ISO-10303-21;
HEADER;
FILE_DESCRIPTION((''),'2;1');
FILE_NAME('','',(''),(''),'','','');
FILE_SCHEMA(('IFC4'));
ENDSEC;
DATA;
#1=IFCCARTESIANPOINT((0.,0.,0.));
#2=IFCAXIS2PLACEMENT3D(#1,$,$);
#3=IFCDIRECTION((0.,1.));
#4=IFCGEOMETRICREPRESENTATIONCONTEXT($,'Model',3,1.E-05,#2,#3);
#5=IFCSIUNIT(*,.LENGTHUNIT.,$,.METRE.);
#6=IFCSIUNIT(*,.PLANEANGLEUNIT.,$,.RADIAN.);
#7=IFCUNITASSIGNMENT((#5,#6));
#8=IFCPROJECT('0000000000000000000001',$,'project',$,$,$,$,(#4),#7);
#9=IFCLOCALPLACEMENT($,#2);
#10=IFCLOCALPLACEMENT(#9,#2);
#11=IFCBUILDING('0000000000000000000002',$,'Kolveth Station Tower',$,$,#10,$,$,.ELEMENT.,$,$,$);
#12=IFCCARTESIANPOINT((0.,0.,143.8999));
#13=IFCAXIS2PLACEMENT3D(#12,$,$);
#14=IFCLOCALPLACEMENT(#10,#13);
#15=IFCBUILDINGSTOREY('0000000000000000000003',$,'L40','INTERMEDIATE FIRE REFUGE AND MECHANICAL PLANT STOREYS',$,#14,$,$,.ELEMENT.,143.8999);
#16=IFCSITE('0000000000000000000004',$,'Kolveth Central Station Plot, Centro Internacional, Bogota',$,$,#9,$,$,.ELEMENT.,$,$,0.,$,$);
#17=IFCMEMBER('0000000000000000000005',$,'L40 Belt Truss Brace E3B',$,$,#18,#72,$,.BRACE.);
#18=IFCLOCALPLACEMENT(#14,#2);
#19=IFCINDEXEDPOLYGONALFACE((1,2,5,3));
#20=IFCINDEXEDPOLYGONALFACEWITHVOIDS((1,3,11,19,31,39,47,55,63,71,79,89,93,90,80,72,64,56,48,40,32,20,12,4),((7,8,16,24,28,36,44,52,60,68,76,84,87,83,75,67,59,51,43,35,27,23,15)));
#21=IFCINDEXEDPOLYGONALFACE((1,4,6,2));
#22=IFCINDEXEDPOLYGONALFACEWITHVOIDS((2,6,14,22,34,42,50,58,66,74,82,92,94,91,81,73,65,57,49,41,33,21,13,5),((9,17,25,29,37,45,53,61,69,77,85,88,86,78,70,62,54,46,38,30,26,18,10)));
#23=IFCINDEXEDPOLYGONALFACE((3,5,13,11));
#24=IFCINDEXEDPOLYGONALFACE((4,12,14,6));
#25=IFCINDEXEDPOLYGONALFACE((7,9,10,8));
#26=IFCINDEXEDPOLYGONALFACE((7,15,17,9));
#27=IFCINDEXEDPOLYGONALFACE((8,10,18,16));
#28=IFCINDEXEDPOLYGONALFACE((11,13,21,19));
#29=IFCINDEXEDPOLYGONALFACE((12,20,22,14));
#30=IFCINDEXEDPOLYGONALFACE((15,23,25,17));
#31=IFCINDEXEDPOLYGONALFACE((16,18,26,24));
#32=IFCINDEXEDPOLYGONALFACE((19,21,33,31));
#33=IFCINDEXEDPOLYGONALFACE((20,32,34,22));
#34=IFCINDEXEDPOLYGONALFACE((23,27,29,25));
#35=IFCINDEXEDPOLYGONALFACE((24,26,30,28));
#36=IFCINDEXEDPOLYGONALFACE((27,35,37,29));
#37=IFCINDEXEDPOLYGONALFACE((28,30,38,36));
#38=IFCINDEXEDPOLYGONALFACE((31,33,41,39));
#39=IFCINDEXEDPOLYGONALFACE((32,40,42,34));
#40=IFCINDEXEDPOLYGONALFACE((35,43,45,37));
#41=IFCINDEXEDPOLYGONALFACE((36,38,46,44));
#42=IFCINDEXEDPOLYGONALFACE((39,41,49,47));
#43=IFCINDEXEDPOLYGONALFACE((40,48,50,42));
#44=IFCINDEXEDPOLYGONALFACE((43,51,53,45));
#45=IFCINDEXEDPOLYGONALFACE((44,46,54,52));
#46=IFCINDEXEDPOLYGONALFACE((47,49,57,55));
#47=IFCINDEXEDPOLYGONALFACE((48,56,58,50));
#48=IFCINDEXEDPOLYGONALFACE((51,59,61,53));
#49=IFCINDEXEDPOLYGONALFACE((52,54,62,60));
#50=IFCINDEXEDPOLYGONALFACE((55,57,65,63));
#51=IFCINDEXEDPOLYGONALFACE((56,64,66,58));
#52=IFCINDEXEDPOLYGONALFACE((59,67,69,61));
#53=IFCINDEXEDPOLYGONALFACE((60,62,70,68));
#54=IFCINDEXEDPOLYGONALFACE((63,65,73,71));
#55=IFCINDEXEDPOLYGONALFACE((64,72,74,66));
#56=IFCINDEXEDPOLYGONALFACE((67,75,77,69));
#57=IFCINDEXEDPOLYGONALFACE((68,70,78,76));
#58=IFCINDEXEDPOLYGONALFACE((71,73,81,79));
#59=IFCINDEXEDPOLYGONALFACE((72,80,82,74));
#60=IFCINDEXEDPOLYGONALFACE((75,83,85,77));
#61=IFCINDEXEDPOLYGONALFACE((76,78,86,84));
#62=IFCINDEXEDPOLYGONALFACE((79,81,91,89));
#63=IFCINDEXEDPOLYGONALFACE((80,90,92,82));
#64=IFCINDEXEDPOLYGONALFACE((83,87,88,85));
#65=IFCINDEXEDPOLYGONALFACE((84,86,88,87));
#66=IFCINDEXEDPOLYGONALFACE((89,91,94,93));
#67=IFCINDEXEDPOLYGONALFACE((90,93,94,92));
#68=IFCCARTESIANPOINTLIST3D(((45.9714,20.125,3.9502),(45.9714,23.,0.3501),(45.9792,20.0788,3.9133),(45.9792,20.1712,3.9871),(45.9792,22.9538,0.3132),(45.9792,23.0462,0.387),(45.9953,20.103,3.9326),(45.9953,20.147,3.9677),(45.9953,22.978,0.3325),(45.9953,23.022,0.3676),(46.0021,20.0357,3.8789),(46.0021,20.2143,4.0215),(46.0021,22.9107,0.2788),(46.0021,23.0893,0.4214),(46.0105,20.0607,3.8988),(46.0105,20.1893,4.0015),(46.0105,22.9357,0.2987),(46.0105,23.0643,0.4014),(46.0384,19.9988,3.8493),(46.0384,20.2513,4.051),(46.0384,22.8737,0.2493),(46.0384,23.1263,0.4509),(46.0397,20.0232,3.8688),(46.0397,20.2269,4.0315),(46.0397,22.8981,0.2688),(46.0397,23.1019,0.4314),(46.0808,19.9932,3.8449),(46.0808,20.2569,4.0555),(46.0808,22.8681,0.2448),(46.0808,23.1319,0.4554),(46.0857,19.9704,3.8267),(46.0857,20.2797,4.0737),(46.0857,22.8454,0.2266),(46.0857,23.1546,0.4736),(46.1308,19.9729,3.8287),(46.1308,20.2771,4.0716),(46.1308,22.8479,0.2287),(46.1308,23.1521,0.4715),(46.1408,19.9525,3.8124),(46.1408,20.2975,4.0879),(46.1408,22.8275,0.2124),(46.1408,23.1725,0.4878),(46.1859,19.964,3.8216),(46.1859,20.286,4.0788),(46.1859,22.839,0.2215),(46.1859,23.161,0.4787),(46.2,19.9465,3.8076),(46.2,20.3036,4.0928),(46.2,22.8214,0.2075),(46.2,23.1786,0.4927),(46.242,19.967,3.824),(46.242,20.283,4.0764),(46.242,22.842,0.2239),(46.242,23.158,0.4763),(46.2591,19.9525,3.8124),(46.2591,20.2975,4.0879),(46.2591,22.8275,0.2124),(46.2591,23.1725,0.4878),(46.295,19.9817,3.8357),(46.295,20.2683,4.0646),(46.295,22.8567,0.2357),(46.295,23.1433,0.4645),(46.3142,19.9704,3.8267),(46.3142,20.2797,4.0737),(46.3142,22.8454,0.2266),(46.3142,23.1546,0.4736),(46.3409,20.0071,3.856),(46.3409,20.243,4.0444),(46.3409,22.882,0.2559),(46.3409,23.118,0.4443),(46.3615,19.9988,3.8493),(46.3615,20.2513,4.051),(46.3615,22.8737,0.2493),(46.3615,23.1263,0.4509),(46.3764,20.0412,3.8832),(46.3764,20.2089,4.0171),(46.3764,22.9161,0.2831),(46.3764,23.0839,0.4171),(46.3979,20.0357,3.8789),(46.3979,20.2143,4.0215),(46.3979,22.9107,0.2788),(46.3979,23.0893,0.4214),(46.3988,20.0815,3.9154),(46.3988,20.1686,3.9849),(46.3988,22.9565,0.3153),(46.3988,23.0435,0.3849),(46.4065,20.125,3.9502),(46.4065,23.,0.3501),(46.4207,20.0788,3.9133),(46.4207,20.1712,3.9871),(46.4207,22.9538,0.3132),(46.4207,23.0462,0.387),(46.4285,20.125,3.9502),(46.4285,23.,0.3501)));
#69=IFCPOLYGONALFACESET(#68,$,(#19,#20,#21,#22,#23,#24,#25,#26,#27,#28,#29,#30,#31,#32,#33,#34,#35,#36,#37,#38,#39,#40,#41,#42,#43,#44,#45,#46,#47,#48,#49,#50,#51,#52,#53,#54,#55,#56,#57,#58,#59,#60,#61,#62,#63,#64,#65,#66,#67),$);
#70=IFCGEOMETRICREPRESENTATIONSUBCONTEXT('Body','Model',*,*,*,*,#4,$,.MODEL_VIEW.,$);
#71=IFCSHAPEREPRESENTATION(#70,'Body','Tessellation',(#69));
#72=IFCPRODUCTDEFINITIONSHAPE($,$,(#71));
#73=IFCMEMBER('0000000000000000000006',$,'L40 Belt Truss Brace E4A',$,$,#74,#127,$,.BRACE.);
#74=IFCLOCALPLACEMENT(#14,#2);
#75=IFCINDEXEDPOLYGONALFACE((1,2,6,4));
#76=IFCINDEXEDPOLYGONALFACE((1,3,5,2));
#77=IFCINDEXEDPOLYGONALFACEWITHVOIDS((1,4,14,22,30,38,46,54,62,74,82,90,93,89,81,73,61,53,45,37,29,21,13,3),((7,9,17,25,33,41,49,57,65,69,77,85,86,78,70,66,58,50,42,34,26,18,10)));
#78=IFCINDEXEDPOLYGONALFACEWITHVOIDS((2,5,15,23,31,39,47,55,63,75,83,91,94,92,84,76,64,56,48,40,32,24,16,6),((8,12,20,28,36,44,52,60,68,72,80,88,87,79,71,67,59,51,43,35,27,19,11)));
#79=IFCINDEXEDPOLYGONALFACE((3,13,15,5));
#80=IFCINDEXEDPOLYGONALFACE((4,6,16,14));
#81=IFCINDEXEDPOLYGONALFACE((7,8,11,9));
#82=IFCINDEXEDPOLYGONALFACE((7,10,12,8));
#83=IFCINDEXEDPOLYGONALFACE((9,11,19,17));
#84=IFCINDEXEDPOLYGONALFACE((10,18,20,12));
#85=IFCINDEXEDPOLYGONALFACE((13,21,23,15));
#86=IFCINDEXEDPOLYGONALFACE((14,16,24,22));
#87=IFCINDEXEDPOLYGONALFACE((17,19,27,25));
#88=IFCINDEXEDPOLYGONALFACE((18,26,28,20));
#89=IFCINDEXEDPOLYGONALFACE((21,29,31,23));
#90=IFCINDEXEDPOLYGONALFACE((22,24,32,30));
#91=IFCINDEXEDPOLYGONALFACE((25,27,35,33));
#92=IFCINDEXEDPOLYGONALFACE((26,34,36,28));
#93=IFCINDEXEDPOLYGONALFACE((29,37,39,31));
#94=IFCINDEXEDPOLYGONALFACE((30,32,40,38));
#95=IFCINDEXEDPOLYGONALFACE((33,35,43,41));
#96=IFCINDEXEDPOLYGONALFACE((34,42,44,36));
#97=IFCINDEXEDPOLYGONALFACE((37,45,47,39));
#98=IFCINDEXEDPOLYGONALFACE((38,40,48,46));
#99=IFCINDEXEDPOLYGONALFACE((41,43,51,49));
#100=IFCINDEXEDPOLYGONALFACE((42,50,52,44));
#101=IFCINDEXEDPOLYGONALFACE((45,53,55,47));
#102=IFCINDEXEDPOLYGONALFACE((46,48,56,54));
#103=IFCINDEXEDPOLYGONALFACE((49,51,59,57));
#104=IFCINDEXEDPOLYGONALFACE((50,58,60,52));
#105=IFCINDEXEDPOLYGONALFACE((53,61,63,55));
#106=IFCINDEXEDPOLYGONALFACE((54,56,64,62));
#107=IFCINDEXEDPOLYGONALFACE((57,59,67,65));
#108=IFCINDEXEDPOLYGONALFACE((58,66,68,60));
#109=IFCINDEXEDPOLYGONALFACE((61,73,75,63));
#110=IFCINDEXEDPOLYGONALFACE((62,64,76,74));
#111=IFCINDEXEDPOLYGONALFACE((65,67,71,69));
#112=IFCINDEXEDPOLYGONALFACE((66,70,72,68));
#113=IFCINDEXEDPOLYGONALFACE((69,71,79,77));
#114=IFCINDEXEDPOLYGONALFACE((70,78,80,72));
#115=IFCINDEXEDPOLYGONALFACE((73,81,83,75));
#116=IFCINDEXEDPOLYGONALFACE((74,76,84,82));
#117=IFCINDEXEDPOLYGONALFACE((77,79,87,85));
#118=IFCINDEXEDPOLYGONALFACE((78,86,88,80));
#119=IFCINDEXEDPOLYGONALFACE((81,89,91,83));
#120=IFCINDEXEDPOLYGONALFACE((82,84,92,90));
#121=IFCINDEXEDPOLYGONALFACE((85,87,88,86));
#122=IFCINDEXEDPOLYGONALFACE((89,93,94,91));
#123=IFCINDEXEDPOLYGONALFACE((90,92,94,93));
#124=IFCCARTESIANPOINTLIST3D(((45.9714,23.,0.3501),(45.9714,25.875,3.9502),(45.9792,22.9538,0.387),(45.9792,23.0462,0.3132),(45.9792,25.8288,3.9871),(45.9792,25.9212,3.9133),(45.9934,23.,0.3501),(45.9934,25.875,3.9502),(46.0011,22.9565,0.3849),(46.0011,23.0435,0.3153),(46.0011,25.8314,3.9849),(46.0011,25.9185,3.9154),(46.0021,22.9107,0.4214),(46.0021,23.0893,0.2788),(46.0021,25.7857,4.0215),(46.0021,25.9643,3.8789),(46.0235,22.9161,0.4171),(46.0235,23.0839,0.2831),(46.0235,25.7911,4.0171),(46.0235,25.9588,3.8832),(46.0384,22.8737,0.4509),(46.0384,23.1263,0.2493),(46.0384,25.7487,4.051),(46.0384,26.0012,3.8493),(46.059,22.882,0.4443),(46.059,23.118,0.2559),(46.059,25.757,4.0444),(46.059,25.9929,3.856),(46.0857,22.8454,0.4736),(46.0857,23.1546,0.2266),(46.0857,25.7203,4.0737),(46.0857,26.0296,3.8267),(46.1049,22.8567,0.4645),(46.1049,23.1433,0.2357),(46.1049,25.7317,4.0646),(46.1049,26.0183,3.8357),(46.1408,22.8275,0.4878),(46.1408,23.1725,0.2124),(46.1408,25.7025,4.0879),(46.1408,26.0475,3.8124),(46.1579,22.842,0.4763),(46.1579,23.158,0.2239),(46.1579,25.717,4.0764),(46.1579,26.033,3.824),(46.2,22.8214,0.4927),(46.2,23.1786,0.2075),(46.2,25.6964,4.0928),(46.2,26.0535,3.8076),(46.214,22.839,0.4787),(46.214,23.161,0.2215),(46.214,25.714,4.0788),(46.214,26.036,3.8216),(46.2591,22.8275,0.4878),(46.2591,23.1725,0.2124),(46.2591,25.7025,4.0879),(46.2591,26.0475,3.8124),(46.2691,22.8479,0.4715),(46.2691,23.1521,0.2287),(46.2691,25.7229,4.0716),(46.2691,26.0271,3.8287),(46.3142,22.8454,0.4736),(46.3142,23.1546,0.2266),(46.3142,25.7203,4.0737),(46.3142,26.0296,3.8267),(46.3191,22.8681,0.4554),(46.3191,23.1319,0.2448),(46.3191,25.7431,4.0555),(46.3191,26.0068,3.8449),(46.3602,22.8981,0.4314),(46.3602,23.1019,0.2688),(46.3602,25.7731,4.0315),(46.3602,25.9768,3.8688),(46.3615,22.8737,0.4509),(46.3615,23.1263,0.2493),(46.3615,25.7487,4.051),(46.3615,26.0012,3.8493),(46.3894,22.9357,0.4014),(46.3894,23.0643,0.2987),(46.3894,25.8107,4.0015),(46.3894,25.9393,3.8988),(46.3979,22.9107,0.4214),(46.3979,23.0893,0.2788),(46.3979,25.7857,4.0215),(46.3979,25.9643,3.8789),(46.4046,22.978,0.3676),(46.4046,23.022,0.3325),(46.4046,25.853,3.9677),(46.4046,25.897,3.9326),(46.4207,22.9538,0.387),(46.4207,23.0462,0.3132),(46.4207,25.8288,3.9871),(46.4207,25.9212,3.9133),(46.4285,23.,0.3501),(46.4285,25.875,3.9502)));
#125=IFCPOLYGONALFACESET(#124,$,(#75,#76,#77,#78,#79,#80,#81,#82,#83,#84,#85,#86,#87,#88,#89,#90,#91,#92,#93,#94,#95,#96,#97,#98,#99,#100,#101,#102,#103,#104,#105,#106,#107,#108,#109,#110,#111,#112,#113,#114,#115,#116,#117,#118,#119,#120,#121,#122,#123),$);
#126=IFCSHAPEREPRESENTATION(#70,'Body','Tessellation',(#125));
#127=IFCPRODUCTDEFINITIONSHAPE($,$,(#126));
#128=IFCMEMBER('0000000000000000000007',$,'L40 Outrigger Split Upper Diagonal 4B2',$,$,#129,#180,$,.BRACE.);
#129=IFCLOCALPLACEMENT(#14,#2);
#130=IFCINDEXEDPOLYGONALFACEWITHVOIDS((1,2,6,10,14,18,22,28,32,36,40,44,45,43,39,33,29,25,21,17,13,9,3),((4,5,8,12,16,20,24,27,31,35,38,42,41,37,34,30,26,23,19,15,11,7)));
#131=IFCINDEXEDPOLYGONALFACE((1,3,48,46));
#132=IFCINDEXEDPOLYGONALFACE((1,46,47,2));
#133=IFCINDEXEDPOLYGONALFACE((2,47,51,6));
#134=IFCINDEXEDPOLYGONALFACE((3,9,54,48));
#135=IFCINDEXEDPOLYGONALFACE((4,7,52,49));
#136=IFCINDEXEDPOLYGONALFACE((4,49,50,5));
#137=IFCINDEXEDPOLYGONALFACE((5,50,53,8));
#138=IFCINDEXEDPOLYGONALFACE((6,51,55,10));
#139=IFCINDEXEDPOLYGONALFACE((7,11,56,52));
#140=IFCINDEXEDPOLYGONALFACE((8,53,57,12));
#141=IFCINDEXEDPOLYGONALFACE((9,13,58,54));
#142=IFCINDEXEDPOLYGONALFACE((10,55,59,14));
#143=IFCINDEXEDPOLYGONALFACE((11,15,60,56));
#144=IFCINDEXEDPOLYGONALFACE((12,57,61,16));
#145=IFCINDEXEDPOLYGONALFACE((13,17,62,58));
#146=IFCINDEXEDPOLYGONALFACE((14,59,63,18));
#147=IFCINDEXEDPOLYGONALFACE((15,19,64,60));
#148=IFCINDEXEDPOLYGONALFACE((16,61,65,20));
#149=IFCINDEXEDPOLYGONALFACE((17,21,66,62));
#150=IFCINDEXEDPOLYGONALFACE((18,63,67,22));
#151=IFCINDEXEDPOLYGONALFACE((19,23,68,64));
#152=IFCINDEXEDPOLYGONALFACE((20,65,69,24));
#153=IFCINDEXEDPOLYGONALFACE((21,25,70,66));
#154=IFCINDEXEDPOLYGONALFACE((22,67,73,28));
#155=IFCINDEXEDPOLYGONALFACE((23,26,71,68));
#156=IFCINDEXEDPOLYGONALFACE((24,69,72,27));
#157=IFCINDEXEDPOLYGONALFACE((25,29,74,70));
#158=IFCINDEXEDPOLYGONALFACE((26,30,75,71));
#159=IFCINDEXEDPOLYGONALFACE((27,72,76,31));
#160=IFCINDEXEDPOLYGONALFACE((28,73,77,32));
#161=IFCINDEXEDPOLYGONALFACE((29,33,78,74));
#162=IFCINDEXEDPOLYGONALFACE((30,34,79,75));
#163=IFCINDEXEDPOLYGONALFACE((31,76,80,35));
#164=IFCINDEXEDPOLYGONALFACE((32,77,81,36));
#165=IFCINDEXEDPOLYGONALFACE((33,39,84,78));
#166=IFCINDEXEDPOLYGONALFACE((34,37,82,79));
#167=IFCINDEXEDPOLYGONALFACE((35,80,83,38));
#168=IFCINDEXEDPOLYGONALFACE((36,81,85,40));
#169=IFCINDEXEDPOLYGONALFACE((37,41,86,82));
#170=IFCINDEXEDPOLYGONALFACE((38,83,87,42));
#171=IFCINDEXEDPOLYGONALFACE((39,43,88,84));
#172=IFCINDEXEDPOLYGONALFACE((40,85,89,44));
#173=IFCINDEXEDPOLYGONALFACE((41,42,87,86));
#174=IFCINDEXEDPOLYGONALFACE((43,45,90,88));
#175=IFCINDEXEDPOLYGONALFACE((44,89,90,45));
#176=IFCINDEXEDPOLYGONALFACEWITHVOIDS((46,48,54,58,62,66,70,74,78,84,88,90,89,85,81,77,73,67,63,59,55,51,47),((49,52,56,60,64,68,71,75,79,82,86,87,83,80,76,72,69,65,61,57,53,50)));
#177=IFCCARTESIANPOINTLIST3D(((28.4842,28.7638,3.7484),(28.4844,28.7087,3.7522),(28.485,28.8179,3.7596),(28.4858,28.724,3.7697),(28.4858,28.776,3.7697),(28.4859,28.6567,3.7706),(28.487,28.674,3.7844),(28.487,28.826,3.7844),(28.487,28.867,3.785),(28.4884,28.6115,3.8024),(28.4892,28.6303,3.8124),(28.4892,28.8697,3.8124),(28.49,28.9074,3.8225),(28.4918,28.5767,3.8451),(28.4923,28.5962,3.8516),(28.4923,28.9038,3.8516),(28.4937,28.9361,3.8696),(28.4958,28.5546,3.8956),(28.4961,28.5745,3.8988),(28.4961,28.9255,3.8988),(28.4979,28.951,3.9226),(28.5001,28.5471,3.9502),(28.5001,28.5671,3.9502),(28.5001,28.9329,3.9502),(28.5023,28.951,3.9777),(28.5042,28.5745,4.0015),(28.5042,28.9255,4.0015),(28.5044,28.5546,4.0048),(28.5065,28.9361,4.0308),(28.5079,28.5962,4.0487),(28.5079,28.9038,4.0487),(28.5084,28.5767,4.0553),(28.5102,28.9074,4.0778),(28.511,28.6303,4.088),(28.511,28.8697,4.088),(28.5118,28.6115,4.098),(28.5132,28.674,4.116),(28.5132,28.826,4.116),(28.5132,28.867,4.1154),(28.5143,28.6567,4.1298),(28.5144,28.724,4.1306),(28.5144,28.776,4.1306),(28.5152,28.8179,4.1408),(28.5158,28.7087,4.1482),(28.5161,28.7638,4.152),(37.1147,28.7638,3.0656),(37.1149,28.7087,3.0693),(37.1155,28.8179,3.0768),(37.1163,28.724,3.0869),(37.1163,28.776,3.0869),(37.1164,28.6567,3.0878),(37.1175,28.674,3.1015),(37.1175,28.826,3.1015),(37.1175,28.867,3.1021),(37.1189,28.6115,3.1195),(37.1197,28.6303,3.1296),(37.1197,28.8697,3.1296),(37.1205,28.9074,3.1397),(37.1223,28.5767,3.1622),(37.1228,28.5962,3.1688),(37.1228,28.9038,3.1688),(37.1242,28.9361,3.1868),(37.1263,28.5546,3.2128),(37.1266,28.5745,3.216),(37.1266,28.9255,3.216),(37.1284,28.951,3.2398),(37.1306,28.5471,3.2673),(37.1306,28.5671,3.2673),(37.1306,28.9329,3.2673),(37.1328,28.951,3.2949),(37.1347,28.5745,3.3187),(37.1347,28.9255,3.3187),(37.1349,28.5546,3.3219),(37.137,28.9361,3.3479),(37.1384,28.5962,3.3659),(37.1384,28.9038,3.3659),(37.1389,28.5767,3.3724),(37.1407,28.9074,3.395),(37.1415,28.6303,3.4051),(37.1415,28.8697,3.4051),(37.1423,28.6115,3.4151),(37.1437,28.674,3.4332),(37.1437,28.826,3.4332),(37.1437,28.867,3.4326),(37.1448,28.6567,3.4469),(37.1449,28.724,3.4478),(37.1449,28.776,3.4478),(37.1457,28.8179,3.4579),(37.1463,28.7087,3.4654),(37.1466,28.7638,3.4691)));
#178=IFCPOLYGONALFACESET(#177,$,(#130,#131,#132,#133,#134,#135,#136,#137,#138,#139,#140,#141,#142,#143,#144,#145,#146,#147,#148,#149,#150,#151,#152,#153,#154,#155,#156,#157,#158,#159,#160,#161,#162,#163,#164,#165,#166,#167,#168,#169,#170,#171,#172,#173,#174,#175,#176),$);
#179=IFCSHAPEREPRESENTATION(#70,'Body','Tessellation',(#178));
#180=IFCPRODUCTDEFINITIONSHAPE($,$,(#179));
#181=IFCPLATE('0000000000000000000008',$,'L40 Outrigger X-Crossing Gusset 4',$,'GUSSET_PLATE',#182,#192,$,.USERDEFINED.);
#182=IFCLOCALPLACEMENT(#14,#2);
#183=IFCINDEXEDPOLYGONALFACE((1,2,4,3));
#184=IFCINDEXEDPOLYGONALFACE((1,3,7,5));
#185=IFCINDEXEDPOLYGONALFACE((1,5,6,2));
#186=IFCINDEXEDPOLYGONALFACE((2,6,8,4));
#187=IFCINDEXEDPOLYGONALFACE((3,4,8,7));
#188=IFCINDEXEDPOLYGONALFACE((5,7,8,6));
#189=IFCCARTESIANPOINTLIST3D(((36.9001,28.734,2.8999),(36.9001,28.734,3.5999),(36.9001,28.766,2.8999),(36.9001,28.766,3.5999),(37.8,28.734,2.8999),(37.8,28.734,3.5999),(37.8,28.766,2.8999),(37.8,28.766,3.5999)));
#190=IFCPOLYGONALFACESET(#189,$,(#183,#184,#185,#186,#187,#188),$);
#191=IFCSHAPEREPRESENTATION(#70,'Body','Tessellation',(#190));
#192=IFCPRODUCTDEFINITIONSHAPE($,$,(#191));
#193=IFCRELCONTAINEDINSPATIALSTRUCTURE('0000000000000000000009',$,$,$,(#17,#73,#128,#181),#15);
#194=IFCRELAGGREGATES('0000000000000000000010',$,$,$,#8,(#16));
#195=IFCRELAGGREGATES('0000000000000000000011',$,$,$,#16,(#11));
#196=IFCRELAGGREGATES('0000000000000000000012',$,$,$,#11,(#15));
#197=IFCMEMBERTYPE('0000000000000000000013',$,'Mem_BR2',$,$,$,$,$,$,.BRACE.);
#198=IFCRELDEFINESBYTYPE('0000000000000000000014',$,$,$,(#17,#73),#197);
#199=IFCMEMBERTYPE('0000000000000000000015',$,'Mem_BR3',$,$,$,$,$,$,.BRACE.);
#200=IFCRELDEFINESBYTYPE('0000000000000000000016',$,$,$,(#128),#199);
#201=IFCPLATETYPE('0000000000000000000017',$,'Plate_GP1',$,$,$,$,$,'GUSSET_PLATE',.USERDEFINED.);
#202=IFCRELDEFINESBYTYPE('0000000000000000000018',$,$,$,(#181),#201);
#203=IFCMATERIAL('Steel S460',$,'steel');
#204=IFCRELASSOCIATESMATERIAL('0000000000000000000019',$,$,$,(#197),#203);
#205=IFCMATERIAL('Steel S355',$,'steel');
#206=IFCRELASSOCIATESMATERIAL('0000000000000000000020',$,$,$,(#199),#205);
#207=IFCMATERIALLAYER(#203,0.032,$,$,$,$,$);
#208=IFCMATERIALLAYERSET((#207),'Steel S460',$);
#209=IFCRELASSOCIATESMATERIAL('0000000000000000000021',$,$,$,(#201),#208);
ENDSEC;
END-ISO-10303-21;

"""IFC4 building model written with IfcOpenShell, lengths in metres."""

from ifc_helpers import new_model, si_unit, direction, frame, origin, origin_2d, place, context, subcontext, project, spatial, rectangle, hollow_circle, extrude, source, transform, mapped, material, layer, layer_set, material_profile, profile_set, type_object, element, save


model = new_model("IFC4")

# Units and contexts
model_context = context("Model", 3, precision=1e-05, world=origin(), true_north=direction((0.0, 1.0)))
body_context = subcontext(model_context, "Body", "Model", "MODEL_VIEW")
ifc_project = project(units=[si_unit("LENGTHUNIT", "METRE"), si_unit("PLANEANGLEUNIT", "RADIAN")], contexts=[model_context])

# Site, building, storey
site_placement = place(None, origin())
site = spatial("IfcSite", under=ifc_project, at=site_placement, Name="Kolveth Central Station Plot, Centro Internacional, Bogota", CompositionType="ELEMENT", RefElevation=0.0)
building_placement = place(site_placement, origin())
building = spatial("IfcBuilding", under=site, at=building_placement, Name="Kolveth Station Tower", CompositionType="ELEMENT")
storey_placement = place(building_placement, frame((0.0, 0.0, 143.8999)))
storey = spatial("IfcBuildingStorey", under=building, at=storey_placement, Name="L40", Description="INTERMEDIATE FIRE REFUGE AND MECHANICAL PLANT STOREYS", CompositionType="ELEMENT", Elevation=143.8999)

# Shared definitions
ifc_material_1 = material(Name="Steel S460", Category="steel")

# Shared definitions
ifc_material_2 = material(Name="Steel S355", Category="steel")

# Members
ifc_material_profile_1 = material_profile(ifc_material_1, hollow_circle(Radius=0.2285, WallThickness=0.022, at=origin_2d()), Name="CHS457x22")
ifc_profile_set_1 = profile_set([ifc_material_profile_1], Name="Steel S460")
member_type_1 = type_object("IfcMemberType", Name="Mem_BR2", PredefinedType="BRACE", material=ifc_profile_set_1)
shared_shape_1 = source(origin(), body_context, "Body", "SweptSolid", [
    extrude(hollow_circle(Radius=0.2285, WallThickness=0.022, at=origin_2d()), origin(), (0.0, 0.0, 1.0), 4.6072),
])
for number, where, z_axis, x_axis, name in (
    (1, (46.2, 23.0, 0.3501), (0.0, -0.624023, 0.781406), (1.0, 0.0, 0.0), "L40 Belt Truss Brace E3B"),
    (2, (46.2, 23.0, 0.3501), (0.0, 0.624023, 0.781406), (-1.0, 0.0, 0.0), "L40 Belt Truss Brace E4A"),
):
    element("IfcMember", number, at=place(storey_placement, frame(where, z_axis=z_axis, x_axis=x_axis)), inside=storey, type_object=member_type_1, Name=name, PredefinedType="BRACE", context=body_context, shape_type="MappedRepresentation", body=[
        mapped(shared_shape_1, transform((0.0, 0.0, 0.0), x_axis=(1.0, 0.0, 0.0), y_axis=(0.0, 1.0, 0.0), z_axis=(0.0, 0.0, 1.0), scale=1.0)),
    ])
ifc_material_profile_2 = material_profile(ifc_material_2, hollow_circle(Radius=0.2029, WallThickness=0.02, at=origin_2d()), Name="CHS406x20")
ifc_profile_set_2 = profile_set([ifc_material_profile_2], Name="Steel S355")
member_type_2 = type_object("IfcMemberType", Name="Mem_BR3", PredefinedType="BRACE", material=ifc_profile_set_2)
shared_shape_2 = source(origin(), body_context, "Body", "SweptSolid", [
    extrude(hollow_circle(Radius=0.2029, WallThickness=0.02, at=origin_2d()), origin(), (0.0, 0.0, 1.0), 8.6575),
])
member_placement = place(storey_placement, frame((37.1306, 28.75, 3.2673), z_axis=(-0.996885, 0.0, 0.078874), x_axis=(0.0, -1.0, 0.0)))
element("IfcMember", 3, at=member_placement, inside=storey, type_object=member_type_2, Name="L40 Outrigger Split Upper Diagonal 4B2", PredefinedType="BRACE", context=body_context, shape_type="MappedRepresentation", body=[
    mapped(shared_shape_2, transform((0.0, 0.0, 0.0), x_axis=(1.0, 0.0, 0.0), y_axis=(0.0, 1.0, 0.0), z_axis=(0.0, 0.0, 1.0), scale=1.0)),
])

# Plate
ifc_layer_1 = layer(ifc_material_1, 0.032)
ifc_layer_set_1 = layer_set([ifc_layer_1], Name="Steel S460")
plate_type_1 = type_object("IfcPlateType", Name="Plate_GP1", ElementType="GUSSET_PLATE", PredefinedType="USERDEFINED", material=ifc_layer_set_1)
shared_shape_3 = source(origin(), body_context, "Body", "SweptSolid", [
    extrude(rectangle(XDim=0.8999, YDim=0.032, at=origin_2d()), origin(), (0.0, 0.0, 1.0), 0.7),
])
plate_placement = place(storey_placement, frame((37.3501, 28.75, 2.8999), z_axis=(0.0, 0.0, 1.0), x_axis=(1.0, 0.0, 0.0)))
element("IfcPlate", 4, at=plate_placement, inside=storey, type_object=plate_type_1, Name="L40 Outrigger X-Crossing Gusset 4", ObjectType="GUSSET_PLATE", PredefinedType="USERDEFINED", context=body_context, shape_type="MappedRepresentation", body=[
    mapped(shared_shape_3, transform((0.0, 0.0, 0.0), x_axis=(1.0, 0.0, 0.0), y_axis=(0.0, 1.0, 0.0), z_axis=(0.0, 0.0, 1.0), scale=1.0)),
])

save(model, "model.ifc")
